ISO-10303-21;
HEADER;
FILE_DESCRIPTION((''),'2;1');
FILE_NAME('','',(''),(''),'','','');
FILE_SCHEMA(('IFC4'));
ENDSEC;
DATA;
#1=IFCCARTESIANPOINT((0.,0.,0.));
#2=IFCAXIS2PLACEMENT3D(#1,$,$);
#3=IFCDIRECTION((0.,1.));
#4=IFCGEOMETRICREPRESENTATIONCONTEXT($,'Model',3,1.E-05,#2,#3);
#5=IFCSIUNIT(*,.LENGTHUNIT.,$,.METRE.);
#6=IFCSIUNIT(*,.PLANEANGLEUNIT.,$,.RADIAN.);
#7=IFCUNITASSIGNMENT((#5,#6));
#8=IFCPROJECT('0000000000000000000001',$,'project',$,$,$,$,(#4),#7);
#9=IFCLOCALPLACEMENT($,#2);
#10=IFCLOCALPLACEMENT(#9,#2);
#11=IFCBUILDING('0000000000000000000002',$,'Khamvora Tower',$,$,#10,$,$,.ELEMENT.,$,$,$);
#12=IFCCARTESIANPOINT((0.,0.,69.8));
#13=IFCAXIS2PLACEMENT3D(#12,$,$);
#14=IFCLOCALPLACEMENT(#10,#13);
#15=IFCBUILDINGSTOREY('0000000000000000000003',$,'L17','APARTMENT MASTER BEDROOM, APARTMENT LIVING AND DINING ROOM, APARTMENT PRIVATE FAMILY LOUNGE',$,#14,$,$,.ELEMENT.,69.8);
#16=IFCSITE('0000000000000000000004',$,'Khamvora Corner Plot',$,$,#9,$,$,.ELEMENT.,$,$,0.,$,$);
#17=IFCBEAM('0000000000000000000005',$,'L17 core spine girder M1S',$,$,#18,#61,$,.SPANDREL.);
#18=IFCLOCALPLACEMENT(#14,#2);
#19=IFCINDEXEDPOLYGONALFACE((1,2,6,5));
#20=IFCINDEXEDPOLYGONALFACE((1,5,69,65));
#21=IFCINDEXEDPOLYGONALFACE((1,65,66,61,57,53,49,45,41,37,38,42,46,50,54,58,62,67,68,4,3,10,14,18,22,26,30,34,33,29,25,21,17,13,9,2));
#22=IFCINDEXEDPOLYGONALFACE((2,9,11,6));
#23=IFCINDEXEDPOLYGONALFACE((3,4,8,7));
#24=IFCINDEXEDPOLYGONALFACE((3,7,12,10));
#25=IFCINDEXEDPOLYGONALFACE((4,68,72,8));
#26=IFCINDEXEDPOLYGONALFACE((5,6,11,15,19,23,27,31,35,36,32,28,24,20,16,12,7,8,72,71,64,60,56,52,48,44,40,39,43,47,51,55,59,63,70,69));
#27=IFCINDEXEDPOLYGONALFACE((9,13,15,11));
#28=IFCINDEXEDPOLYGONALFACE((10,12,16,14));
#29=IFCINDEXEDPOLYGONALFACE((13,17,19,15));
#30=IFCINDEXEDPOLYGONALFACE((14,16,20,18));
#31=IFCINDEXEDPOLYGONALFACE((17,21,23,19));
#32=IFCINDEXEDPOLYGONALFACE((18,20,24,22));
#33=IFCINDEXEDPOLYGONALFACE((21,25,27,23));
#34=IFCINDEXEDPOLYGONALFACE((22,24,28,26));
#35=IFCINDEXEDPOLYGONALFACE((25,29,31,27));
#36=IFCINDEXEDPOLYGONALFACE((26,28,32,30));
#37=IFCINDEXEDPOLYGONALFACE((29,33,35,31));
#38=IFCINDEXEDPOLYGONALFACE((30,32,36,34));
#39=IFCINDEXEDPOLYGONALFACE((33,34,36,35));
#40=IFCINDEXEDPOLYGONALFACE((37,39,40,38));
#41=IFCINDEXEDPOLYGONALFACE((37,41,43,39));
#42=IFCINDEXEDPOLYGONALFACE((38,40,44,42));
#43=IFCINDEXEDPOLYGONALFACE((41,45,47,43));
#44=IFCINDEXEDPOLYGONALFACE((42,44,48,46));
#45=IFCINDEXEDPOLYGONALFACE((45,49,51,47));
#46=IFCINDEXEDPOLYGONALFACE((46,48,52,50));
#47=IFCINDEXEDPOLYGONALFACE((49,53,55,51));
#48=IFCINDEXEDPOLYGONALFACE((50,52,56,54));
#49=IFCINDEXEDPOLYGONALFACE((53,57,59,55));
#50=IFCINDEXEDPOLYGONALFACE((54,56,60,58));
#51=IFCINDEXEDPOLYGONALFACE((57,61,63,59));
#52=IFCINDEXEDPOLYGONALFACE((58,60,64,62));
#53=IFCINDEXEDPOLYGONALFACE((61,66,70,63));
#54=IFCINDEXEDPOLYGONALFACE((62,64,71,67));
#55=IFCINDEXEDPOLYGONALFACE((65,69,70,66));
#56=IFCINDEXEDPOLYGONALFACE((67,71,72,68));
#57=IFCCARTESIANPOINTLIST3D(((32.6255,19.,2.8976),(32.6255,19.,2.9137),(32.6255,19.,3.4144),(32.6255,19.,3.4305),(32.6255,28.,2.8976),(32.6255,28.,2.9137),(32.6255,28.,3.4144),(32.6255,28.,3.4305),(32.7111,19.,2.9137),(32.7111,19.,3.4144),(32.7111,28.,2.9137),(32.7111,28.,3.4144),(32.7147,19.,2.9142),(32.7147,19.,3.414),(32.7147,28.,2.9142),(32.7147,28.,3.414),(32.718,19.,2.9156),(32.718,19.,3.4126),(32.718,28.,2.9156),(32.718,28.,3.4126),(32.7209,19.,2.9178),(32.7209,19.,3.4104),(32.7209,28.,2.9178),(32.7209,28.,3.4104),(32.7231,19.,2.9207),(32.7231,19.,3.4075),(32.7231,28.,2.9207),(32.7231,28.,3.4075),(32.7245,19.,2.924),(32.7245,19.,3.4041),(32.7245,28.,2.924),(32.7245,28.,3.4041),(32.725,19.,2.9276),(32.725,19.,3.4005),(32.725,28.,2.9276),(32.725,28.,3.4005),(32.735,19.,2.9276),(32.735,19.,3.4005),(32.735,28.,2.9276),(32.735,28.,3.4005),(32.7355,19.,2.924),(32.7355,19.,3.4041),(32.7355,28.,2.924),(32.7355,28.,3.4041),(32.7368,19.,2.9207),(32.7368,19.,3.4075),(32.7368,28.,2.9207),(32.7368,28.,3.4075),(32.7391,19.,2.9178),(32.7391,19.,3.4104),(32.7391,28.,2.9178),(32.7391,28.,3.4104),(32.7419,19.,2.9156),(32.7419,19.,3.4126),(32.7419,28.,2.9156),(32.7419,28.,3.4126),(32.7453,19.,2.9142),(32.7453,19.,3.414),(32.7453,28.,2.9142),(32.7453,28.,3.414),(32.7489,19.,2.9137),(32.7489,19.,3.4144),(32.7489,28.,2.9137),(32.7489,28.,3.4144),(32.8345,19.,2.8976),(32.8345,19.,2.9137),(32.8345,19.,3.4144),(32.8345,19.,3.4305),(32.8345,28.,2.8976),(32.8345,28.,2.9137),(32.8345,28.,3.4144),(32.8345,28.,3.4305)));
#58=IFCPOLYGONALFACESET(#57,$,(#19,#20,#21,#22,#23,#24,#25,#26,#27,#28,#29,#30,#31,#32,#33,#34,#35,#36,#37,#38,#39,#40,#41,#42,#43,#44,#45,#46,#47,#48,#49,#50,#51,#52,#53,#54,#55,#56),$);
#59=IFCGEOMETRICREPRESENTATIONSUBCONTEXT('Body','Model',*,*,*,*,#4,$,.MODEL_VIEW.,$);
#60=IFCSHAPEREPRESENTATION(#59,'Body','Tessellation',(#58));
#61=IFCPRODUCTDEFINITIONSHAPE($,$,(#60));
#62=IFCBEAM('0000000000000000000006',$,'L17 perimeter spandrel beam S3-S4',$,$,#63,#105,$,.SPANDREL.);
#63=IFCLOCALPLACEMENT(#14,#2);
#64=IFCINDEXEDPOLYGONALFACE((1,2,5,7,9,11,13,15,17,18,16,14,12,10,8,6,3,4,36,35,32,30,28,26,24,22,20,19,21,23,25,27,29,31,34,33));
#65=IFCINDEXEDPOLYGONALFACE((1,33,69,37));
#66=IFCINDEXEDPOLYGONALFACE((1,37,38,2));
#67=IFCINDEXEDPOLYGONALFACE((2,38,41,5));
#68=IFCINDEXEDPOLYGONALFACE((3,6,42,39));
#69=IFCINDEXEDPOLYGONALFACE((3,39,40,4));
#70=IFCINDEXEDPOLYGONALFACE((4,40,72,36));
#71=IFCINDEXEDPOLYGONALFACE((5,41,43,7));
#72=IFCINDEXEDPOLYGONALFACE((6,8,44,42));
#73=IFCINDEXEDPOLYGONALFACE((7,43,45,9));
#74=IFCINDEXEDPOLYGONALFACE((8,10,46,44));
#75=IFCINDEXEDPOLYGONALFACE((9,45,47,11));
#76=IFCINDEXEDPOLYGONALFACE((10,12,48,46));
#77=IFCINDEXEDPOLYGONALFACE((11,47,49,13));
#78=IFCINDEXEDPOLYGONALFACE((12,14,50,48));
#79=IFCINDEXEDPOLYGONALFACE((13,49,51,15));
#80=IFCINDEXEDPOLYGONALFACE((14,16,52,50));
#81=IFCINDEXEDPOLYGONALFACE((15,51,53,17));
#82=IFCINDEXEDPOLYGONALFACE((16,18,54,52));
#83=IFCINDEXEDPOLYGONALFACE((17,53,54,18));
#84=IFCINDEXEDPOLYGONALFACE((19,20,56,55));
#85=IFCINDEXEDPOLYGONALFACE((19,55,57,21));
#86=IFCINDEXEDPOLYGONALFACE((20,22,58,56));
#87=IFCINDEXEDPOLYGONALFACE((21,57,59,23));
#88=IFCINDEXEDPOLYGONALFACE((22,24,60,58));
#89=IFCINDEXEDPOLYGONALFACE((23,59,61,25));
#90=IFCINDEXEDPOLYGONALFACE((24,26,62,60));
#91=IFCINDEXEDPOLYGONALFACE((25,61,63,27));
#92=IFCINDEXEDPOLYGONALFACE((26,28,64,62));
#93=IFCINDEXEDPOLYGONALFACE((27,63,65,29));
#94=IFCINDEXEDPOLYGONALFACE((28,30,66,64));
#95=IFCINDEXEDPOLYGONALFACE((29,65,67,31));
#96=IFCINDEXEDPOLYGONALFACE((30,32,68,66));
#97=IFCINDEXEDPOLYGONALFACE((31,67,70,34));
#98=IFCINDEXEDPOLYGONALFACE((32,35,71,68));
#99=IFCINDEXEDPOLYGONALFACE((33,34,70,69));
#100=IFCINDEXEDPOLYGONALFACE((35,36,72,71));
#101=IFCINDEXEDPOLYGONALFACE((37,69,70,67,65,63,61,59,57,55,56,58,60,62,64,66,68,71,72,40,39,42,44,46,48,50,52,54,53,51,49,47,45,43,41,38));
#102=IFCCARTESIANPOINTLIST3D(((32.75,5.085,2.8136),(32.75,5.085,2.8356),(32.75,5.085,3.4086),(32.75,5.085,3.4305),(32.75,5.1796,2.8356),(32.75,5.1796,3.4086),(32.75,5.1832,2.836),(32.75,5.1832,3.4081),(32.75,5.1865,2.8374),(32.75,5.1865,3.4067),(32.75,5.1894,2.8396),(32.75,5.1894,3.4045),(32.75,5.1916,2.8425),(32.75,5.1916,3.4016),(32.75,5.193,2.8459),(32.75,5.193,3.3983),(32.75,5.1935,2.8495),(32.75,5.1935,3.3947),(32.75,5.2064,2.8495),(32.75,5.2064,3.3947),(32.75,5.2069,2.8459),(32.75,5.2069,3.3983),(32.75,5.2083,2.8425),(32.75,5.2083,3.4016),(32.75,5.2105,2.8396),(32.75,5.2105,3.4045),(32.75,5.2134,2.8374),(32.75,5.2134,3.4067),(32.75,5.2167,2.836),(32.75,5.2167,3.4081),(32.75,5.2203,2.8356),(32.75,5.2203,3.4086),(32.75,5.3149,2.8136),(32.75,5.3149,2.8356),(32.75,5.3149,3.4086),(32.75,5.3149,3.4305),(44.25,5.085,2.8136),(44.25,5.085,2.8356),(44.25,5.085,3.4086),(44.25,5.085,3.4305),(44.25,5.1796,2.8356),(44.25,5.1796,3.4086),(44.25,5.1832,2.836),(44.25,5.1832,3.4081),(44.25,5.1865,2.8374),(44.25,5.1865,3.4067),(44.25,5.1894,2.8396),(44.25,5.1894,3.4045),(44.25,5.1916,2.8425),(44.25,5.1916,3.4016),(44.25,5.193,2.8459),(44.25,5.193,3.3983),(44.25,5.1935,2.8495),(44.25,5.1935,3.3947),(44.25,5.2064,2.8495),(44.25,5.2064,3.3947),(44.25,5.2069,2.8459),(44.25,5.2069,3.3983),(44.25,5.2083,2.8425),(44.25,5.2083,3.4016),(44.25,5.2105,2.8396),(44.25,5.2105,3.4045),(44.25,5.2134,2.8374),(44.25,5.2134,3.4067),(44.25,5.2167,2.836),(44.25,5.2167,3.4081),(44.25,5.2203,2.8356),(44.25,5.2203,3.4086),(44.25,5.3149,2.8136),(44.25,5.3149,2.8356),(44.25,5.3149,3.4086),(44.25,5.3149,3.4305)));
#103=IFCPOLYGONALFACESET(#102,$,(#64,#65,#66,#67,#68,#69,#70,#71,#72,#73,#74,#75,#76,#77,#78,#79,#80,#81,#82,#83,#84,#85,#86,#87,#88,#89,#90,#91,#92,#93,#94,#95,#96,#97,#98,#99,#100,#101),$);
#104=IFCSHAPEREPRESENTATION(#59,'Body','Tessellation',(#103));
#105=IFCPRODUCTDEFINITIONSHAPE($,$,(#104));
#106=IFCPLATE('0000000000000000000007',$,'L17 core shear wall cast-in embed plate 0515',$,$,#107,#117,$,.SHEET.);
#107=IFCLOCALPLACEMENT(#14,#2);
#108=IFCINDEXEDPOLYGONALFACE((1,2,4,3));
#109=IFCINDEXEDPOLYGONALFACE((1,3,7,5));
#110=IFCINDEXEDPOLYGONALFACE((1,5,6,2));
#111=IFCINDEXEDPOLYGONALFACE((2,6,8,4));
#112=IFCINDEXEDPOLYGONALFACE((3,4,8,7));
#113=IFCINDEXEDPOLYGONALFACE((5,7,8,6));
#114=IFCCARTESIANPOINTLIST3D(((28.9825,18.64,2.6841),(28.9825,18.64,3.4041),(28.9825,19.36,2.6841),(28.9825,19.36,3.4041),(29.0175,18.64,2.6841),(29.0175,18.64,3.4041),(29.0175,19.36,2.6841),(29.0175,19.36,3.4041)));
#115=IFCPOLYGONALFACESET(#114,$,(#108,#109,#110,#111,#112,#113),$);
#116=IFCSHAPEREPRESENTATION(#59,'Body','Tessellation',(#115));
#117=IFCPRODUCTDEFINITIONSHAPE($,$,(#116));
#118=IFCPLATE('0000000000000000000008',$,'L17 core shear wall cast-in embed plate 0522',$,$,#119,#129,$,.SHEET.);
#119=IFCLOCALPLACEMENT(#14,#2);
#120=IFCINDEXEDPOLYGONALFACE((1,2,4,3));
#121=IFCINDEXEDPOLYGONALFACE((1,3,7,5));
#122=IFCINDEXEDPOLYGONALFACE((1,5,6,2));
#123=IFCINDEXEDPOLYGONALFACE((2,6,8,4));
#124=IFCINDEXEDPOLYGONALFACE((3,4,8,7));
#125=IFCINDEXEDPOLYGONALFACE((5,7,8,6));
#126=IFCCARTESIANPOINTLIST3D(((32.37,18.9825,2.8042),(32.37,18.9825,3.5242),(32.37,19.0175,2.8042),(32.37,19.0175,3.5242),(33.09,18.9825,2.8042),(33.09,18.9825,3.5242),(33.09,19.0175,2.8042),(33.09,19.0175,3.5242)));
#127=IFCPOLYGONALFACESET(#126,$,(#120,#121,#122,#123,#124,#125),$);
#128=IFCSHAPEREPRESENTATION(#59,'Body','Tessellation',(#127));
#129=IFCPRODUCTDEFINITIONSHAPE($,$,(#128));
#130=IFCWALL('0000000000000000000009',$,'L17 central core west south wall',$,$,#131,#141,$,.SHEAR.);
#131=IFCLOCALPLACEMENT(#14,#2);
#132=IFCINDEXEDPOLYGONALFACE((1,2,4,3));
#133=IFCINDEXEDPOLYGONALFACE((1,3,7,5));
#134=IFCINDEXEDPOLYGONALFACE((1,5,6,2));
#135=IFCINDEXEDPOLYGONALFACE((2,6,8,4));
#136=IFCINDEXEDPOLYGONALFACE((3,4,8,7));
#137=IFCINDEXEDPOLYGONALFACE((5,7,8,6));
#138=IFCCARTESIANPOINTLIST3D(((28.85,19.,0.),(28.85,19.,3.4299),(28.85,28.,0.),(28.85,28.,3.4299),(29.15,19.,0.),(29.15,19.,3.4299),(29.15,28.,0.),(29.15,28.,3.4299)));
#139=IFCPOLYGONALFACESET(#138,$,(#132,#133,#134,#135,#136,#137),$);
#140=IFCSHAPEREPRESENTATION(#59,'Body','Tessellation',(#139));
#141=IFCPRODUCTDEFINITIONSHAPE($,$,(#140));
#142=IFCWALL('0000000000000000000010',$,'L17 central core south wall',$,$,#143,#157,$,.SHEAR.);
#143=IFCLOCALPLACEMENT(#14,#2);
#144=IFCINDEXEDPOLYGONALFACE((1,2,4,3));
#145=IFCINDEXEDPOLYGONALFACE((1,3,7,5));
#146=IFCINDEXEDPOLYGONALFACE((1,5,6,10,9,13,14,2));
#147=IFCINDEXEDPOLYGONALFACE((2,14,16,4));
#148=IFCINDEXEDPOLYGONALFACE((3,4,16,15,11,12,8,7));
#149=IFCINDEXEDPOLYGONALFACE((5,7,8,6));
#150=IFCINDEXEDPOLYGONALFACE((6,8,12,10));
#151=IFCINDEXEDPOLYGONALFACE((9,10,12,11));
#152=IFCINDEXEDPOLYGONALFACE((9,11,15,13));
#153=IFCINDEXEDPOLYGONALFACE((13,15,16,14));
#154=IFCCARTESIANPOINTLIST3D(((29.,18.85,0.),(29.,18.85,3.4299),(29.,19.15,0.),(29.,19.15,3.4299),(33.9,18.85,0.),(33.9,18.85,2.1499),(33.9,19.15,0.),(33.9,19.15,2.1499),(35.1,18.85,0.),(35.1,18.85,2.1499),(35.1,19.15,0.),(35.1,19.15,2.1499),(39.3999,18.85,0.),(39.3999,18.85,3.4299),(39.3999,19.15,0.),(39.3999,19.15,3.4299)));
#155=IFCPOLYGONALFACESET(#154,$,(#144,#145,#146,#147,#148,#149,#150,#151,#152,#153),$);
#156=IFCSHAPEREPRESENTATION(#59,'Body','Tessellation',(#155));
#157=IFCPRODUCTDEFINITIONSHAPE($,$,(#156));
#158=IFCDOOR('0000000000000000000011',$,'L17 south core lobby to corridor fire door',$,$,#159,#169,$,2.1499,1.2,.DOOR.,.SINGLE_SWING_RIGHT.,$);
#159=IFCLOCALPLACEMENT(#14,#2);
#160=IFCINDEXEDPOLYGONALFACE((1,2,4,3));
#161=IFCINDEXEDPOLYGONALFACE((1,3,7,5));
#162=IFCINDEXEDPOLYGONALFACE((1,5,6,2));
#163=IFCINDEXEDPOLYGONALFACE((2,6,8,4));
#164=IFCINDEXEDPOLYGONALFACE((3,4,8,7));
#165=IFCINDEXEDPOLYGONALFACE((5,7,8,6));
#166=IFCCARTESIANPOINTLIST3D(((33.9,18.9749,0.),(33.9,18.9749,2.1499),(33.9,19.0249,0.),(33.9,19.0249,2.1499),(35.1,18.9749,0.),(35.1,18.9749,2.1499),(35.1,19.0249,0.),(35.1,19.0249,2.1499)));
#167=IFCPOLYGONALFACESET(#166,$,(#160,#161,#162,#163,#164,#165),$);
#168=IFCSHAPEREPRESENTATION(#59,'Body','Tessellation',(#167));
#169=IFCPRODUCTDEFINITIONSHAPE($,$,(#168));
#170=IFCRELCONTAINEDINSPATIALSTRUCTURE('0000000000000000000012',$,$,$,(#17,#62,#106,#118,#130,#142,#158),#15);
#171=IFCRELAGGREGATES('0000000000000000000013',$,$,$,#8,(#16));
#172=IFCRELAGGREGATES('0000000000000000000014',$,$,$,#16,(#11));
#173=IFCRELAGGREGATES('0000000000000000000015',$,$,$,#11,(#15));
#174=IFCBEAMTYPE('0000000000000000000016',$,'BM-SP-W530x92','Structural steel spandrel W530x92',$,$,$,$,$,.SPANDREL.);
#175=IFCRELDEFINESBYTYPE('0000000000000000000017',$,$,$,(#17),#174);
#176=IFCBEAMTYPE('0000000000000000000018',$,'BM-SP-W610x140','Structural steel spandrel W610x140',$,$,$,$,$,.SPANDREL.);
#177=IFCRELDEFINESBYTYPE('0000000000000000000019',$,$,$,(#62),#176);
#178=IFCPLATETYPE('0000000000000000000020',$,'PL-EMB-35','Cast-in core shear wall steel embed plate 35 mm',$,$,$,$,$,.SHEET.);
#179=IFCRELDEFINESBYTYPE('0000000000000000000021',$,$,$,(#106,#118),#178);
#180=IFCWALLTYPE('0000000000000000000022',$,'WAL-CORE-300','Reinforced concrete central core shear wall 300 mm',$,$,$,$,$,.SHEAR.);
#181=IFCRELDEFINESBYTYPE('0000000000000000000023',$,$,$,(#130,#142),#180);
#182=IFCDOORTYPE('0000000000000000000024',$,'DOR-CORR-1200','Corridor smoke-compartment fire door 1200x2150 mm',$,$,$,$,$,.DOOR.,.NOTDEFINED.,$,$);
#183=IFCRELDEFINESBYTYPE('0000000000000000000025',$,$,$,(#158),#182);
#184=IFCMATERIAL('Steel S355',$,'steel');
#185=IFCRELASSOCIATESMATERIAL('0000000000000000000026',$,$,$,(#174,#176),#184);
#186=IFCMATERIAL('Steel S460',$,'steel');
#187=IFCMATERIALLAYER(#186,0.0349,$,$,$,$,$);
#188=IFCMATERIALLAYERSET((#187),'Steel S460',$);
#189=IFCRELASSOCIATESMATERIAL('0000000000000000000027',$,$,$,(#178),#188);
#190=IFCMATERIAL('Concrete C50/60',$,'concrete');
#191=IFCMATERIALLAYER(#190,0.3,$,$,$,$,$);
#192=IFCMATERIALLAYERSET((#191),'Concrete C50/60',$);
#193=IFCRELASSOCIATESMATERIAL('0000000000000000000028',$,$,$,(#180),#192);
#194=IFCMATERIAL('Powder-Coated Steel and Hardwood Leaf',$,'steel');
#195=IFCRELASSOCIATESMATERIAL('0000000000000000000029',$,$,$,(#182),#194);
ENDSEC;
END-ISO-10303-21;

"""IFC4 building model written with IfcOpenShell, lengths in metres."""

from ifc_helpers import new_model, si_unit, direction, frame, frame_2d, origin, origin_2d, place, context, subcontext, project, spatial, rectangle, i_section, extrude, material, layer, layer_set, material_profile, profile_set, type_object, element, fill, save


model = new_model("IFC4")

# Units and contexts
model_context = context("Model", 3, precision=1e-05, world=origin(), true_north=direction((0.0, 1.0)))
body_context = subcontext(model_context, "Body", "Model", "MODEL_VIEW")
ifc_project = project(units=[si_unit("LENGTHUNIT", "METRE"), si_unit("PLANEANGLEUNIT", "RADIAN")], contexts=[model_context])

# Site, building, storey
site_placement = place(None, origin())
site = spatial("IfcSite", under=ifc_project, at=site_placement, Name="Khamvora Corner Plot", CompositionType="ELEMENT", RefElevation=0.0)
building_placement = place(site_placement, origin())
building = spatial("IfcBuilding", under=site, at=building_placement, Name="Khamvora Tower", CompositionType="ELEMENT")
storey_placement = place(building_placement, frame((0.0, 0.0, 69.8)))
storey = spatial("IfcBuildingStorey", under=building, at=storey_placement, Name="L17", Description="APARTMENT MASTER BEDROOM, APARTMENT LIVING AND DINING ROOM, APARTMENT PRIVATE FAMILY LOUNGE", CompositionType="ELEMENT", Elevation=69.8)

# Shared definitions
ifc_material_1 = material(Name="Steel S460", Category="steel")

# Beams
ifc_material_2 = material(Name="Steel S355", Category="steel")
ifc_material_profile_1 = material_profile(ifc_material_2, i_section(OverallWidth=0.209, OverallDepth=0.533, WebThickness=0.01, FlangeThickness=0.0161, FilletRadius=0.0139, at=origin_2d()), Name="W530x92")
ifc_profile_set_1 = profile_set([ifc_material_profile_1], Name="Steel S355")
beam_type_1 = type_object("IfcBeamType", Name="BM-SP-W530x92", Description="Structural steel spandrel W530x92", PredefinedType="SPANDREL", material=ifc_profile_set_1)
beam_1_placement = place(storey_placement, frame((32.73, 19.0, 3.1641), z_axis=(0.0, 1.0, 0.0), x_axis=(-1.0, 0.0, 0.0)))
element("IfcBeam", 1, at=beam_1_placement, inside=storey, type_object=beam_type_1, Name="L17 core spine girder M1S", PredefinedType="SPANDREL", context=body_context, shape_type="SweptSolid", body=[
    extrude(i_section(OverallWidth=0.209, OverallDepth=0.533, WebThickness=0.01, FlangeThickness=0.0161, FilletRadius=0.0139, at=origin_2d()), origin(), (0.0, 0.0, 1.0), 9.0),
])
ifc_material_profile_2 = material_profile(ifc_material_2, i_section(OverallWidth=0.23, OverallDepth=0.6169, WebThickness=0.0129, FlangeThickness=0.022, FilletRadius=0.0139, at=origin_2d()), Name="W610x140")
ifc_profile_set_2 = profile_set([ifc_material_profile_2], Name="Steel S355")
beam_type_2 = type_object("IfcBeamType", Name="BM-SP-W610x140", Description="Structural steel spandrel W610x140", PredefinedType="SPANDREL", material=ifc_profile_set_2)
beam_2_placement = place(storey_placement, frame((32.75, 5.2, 3.1221), z_axis=(1.0, 0.0, 0.0), x_axis=(0.0, 1.0, 0.0)))
element("IfcBeam", 2, at=beam_2_placement, inside=storey, type_object=beam_type_2, Name="L17 perimeter spandrel beam S3-S4", PredefinedType="SPANDREL", context=body_context, shape_type="SweptSolid", body=[
    extrude(i_section(OverallWidth=0.23, OverallDepth=0.6169, WebThickness=0.0129, FlangeThickness=0.022, FilletRadius=0.0139, at=origin_2d()), origin(), (0.0, 0.0, 1.0), 11.5),
])

# Plates
ifc_layer_1 = layer(ifc_material_1, 0.0349)
ifc_layer_set_1 = layer_set([ifc_layer_1], Name="Steel S460")
plate_type = type_object("IfcPlateType", Name="PL-EMB-35", Description="Cast-in core shear wall steel embed plate 35 mm", PredefinedType="SHEET", material=ifc_layer_set_1)
plate_1_placement = place(storey_placement, frame((29.0, 19.0, 2.6841), z_axis=(0.0, 0.0, 1.0), x_axis=(1.0, 0.0, 0.0)))
element("IfcPlate", 3, at=plate_1_placement, inside=storey, type_object=plate_type, Name="L17 core shear wall cast-in embed plate 0515", PredefinedType="SHEET", context=body_context, shape_type="SweptSolid", body=[
    extrude(rectangle(XDim=0.0349, YDim=0.72, at=origin_2d()), origin(), (0.0, 0.0, 1.0), 0.72),
])
plate_2_placement = place(storey_placement, frame((32.73, 19.0, 2.8042), z_axis=(0.0, 0.0, 1.0), x_axis=(1.0, 0.0, 0.0)))
element("IfcPlate", 4, at=plate_2_placement, inside=storey, type_object=plate_type, Name="L17 core shear wall cast-in embed plate 0522", PredefinedType="SHEET", context=body_context, shape_type="SweptSolid", body=[
    extrude(rectangle(XDim=0.72, YDim=0.0349, at=origin_2d()), origin(), (0.0, 0.0, 1.0), 0.72),
])

# Wall
ifc_material_3 = material(Name="Concrete C50/60", Category="concrete")
ifc_layer_2 = layer(ifc_material_3, 0.3)
ifc_layer_set_2 = layer_set([ifc_layer_2], Name="Concrete C50/60")
wall_type_1 = type_object("IfcWallType", Name="WAL-CORE-300", Description="Reinforced concrete central core shear wall 300 mm", PredefinedType="SHEAR", material=ifc_layer_set_2)
wall_1_placement = place(storey_placement, frame((29.0, 19.0, 0.0), z_axis=(0.0, 0.0, 1.0), x_axis=(0.0, 1.0, 0.0)))
element("IfcWall", 5, at=wall_1_placement, inside=storey, type_object=wall_type_1, Name="L17 central core west south wall", PredefinedType="SHEAR", context=body_context, shape_type="SweptSolid", body=[
    extrude(rectangle(XDim=9.0, YDim=0.3, at=frame_2d((4.5, 0.0))), origin(), (0.0, 0.0, 1.0), 3.4299),
])

# Wall, opening, door
wall_2_placement = place(storey_placement, frame((29.0, 19.0, 0.0), z_axis=(0.0, 0.0, 1.0), x_axis=(1.0, 0.0, 0.0)))
wall_2 = element("IfcWall", 6, at=wall_2_placement, inside=storey, type_object=wall_type_1, Name="L17 central core south wall", PredefinedType="SHEAR", context=body_context, shape_type="SweptSolid", body=[
    extrude(rectangle(XDim=10.3999, YDim=0.3, at=frame_2d((5.2, 0.0))), origin(), (0.0, 0.0, 1.0), 3.4299),
])
opening_1_placement = place(wall_2_placement, frame((4.8999, 0.0, 0.0)))
opening_1 = element("IfcOpeningElement", 7, at=opening_1_placement, cuts=wall_2, PredefinedType="OPENING", context=body_context, shape_type="SweptSolid", body=[
    extrude(rectangle(XDim=1.2, YDim=2.1499, at=frame_2d((0.6001, 1.075))), frame((0.0, 0.1599, 0.0), z_axis=(0.0, -1.0, 0.0), x_axis=(1.0, 0.0, 0.0)), (0.0, 0.0, 1.0), 0.3201),
])
ifc_material_4 = material(Name="Powder-Coated Steel and Hardwood Leaf", Category="steel")
door_type_1 = type_object("IfcDoorType", Name="DOR-CORR-1200", Description="Corridor smoke-compartment fire door 1200x2150 mm", OperationType="NOTDEFINED", PredefinedType="DOOR", material=ifc_material_4)
door_1_placement = place(opening_1_placement, origin())
door_1 = element("IfcDoor", 8, at=door_1_placement, inside=storey, type_object=door_type_1, Name="L17 south core lobby to corridor fire door", OperationType="SINGLE_SWING_RIGHT", OverallHeight=2.1499, OverallWidth=1.2, PredefinedType="DOOR", context=body_context, shape_type="SweptSolid", body=[
    extrude(rectangle(XDim=1.2, YDim=2.1499, at=frame_2d((0.6001, 1.075))), frame((0.0, 0.0249, 0.0), z_axis=(0.0, -1.0, 0.0), x_axis=(1.0, 0.0, 0.0)), (0.0, 0.0, 1.0), 0.05),
])
fill(opening_1, door_1)

save(model, "model.ifc")
